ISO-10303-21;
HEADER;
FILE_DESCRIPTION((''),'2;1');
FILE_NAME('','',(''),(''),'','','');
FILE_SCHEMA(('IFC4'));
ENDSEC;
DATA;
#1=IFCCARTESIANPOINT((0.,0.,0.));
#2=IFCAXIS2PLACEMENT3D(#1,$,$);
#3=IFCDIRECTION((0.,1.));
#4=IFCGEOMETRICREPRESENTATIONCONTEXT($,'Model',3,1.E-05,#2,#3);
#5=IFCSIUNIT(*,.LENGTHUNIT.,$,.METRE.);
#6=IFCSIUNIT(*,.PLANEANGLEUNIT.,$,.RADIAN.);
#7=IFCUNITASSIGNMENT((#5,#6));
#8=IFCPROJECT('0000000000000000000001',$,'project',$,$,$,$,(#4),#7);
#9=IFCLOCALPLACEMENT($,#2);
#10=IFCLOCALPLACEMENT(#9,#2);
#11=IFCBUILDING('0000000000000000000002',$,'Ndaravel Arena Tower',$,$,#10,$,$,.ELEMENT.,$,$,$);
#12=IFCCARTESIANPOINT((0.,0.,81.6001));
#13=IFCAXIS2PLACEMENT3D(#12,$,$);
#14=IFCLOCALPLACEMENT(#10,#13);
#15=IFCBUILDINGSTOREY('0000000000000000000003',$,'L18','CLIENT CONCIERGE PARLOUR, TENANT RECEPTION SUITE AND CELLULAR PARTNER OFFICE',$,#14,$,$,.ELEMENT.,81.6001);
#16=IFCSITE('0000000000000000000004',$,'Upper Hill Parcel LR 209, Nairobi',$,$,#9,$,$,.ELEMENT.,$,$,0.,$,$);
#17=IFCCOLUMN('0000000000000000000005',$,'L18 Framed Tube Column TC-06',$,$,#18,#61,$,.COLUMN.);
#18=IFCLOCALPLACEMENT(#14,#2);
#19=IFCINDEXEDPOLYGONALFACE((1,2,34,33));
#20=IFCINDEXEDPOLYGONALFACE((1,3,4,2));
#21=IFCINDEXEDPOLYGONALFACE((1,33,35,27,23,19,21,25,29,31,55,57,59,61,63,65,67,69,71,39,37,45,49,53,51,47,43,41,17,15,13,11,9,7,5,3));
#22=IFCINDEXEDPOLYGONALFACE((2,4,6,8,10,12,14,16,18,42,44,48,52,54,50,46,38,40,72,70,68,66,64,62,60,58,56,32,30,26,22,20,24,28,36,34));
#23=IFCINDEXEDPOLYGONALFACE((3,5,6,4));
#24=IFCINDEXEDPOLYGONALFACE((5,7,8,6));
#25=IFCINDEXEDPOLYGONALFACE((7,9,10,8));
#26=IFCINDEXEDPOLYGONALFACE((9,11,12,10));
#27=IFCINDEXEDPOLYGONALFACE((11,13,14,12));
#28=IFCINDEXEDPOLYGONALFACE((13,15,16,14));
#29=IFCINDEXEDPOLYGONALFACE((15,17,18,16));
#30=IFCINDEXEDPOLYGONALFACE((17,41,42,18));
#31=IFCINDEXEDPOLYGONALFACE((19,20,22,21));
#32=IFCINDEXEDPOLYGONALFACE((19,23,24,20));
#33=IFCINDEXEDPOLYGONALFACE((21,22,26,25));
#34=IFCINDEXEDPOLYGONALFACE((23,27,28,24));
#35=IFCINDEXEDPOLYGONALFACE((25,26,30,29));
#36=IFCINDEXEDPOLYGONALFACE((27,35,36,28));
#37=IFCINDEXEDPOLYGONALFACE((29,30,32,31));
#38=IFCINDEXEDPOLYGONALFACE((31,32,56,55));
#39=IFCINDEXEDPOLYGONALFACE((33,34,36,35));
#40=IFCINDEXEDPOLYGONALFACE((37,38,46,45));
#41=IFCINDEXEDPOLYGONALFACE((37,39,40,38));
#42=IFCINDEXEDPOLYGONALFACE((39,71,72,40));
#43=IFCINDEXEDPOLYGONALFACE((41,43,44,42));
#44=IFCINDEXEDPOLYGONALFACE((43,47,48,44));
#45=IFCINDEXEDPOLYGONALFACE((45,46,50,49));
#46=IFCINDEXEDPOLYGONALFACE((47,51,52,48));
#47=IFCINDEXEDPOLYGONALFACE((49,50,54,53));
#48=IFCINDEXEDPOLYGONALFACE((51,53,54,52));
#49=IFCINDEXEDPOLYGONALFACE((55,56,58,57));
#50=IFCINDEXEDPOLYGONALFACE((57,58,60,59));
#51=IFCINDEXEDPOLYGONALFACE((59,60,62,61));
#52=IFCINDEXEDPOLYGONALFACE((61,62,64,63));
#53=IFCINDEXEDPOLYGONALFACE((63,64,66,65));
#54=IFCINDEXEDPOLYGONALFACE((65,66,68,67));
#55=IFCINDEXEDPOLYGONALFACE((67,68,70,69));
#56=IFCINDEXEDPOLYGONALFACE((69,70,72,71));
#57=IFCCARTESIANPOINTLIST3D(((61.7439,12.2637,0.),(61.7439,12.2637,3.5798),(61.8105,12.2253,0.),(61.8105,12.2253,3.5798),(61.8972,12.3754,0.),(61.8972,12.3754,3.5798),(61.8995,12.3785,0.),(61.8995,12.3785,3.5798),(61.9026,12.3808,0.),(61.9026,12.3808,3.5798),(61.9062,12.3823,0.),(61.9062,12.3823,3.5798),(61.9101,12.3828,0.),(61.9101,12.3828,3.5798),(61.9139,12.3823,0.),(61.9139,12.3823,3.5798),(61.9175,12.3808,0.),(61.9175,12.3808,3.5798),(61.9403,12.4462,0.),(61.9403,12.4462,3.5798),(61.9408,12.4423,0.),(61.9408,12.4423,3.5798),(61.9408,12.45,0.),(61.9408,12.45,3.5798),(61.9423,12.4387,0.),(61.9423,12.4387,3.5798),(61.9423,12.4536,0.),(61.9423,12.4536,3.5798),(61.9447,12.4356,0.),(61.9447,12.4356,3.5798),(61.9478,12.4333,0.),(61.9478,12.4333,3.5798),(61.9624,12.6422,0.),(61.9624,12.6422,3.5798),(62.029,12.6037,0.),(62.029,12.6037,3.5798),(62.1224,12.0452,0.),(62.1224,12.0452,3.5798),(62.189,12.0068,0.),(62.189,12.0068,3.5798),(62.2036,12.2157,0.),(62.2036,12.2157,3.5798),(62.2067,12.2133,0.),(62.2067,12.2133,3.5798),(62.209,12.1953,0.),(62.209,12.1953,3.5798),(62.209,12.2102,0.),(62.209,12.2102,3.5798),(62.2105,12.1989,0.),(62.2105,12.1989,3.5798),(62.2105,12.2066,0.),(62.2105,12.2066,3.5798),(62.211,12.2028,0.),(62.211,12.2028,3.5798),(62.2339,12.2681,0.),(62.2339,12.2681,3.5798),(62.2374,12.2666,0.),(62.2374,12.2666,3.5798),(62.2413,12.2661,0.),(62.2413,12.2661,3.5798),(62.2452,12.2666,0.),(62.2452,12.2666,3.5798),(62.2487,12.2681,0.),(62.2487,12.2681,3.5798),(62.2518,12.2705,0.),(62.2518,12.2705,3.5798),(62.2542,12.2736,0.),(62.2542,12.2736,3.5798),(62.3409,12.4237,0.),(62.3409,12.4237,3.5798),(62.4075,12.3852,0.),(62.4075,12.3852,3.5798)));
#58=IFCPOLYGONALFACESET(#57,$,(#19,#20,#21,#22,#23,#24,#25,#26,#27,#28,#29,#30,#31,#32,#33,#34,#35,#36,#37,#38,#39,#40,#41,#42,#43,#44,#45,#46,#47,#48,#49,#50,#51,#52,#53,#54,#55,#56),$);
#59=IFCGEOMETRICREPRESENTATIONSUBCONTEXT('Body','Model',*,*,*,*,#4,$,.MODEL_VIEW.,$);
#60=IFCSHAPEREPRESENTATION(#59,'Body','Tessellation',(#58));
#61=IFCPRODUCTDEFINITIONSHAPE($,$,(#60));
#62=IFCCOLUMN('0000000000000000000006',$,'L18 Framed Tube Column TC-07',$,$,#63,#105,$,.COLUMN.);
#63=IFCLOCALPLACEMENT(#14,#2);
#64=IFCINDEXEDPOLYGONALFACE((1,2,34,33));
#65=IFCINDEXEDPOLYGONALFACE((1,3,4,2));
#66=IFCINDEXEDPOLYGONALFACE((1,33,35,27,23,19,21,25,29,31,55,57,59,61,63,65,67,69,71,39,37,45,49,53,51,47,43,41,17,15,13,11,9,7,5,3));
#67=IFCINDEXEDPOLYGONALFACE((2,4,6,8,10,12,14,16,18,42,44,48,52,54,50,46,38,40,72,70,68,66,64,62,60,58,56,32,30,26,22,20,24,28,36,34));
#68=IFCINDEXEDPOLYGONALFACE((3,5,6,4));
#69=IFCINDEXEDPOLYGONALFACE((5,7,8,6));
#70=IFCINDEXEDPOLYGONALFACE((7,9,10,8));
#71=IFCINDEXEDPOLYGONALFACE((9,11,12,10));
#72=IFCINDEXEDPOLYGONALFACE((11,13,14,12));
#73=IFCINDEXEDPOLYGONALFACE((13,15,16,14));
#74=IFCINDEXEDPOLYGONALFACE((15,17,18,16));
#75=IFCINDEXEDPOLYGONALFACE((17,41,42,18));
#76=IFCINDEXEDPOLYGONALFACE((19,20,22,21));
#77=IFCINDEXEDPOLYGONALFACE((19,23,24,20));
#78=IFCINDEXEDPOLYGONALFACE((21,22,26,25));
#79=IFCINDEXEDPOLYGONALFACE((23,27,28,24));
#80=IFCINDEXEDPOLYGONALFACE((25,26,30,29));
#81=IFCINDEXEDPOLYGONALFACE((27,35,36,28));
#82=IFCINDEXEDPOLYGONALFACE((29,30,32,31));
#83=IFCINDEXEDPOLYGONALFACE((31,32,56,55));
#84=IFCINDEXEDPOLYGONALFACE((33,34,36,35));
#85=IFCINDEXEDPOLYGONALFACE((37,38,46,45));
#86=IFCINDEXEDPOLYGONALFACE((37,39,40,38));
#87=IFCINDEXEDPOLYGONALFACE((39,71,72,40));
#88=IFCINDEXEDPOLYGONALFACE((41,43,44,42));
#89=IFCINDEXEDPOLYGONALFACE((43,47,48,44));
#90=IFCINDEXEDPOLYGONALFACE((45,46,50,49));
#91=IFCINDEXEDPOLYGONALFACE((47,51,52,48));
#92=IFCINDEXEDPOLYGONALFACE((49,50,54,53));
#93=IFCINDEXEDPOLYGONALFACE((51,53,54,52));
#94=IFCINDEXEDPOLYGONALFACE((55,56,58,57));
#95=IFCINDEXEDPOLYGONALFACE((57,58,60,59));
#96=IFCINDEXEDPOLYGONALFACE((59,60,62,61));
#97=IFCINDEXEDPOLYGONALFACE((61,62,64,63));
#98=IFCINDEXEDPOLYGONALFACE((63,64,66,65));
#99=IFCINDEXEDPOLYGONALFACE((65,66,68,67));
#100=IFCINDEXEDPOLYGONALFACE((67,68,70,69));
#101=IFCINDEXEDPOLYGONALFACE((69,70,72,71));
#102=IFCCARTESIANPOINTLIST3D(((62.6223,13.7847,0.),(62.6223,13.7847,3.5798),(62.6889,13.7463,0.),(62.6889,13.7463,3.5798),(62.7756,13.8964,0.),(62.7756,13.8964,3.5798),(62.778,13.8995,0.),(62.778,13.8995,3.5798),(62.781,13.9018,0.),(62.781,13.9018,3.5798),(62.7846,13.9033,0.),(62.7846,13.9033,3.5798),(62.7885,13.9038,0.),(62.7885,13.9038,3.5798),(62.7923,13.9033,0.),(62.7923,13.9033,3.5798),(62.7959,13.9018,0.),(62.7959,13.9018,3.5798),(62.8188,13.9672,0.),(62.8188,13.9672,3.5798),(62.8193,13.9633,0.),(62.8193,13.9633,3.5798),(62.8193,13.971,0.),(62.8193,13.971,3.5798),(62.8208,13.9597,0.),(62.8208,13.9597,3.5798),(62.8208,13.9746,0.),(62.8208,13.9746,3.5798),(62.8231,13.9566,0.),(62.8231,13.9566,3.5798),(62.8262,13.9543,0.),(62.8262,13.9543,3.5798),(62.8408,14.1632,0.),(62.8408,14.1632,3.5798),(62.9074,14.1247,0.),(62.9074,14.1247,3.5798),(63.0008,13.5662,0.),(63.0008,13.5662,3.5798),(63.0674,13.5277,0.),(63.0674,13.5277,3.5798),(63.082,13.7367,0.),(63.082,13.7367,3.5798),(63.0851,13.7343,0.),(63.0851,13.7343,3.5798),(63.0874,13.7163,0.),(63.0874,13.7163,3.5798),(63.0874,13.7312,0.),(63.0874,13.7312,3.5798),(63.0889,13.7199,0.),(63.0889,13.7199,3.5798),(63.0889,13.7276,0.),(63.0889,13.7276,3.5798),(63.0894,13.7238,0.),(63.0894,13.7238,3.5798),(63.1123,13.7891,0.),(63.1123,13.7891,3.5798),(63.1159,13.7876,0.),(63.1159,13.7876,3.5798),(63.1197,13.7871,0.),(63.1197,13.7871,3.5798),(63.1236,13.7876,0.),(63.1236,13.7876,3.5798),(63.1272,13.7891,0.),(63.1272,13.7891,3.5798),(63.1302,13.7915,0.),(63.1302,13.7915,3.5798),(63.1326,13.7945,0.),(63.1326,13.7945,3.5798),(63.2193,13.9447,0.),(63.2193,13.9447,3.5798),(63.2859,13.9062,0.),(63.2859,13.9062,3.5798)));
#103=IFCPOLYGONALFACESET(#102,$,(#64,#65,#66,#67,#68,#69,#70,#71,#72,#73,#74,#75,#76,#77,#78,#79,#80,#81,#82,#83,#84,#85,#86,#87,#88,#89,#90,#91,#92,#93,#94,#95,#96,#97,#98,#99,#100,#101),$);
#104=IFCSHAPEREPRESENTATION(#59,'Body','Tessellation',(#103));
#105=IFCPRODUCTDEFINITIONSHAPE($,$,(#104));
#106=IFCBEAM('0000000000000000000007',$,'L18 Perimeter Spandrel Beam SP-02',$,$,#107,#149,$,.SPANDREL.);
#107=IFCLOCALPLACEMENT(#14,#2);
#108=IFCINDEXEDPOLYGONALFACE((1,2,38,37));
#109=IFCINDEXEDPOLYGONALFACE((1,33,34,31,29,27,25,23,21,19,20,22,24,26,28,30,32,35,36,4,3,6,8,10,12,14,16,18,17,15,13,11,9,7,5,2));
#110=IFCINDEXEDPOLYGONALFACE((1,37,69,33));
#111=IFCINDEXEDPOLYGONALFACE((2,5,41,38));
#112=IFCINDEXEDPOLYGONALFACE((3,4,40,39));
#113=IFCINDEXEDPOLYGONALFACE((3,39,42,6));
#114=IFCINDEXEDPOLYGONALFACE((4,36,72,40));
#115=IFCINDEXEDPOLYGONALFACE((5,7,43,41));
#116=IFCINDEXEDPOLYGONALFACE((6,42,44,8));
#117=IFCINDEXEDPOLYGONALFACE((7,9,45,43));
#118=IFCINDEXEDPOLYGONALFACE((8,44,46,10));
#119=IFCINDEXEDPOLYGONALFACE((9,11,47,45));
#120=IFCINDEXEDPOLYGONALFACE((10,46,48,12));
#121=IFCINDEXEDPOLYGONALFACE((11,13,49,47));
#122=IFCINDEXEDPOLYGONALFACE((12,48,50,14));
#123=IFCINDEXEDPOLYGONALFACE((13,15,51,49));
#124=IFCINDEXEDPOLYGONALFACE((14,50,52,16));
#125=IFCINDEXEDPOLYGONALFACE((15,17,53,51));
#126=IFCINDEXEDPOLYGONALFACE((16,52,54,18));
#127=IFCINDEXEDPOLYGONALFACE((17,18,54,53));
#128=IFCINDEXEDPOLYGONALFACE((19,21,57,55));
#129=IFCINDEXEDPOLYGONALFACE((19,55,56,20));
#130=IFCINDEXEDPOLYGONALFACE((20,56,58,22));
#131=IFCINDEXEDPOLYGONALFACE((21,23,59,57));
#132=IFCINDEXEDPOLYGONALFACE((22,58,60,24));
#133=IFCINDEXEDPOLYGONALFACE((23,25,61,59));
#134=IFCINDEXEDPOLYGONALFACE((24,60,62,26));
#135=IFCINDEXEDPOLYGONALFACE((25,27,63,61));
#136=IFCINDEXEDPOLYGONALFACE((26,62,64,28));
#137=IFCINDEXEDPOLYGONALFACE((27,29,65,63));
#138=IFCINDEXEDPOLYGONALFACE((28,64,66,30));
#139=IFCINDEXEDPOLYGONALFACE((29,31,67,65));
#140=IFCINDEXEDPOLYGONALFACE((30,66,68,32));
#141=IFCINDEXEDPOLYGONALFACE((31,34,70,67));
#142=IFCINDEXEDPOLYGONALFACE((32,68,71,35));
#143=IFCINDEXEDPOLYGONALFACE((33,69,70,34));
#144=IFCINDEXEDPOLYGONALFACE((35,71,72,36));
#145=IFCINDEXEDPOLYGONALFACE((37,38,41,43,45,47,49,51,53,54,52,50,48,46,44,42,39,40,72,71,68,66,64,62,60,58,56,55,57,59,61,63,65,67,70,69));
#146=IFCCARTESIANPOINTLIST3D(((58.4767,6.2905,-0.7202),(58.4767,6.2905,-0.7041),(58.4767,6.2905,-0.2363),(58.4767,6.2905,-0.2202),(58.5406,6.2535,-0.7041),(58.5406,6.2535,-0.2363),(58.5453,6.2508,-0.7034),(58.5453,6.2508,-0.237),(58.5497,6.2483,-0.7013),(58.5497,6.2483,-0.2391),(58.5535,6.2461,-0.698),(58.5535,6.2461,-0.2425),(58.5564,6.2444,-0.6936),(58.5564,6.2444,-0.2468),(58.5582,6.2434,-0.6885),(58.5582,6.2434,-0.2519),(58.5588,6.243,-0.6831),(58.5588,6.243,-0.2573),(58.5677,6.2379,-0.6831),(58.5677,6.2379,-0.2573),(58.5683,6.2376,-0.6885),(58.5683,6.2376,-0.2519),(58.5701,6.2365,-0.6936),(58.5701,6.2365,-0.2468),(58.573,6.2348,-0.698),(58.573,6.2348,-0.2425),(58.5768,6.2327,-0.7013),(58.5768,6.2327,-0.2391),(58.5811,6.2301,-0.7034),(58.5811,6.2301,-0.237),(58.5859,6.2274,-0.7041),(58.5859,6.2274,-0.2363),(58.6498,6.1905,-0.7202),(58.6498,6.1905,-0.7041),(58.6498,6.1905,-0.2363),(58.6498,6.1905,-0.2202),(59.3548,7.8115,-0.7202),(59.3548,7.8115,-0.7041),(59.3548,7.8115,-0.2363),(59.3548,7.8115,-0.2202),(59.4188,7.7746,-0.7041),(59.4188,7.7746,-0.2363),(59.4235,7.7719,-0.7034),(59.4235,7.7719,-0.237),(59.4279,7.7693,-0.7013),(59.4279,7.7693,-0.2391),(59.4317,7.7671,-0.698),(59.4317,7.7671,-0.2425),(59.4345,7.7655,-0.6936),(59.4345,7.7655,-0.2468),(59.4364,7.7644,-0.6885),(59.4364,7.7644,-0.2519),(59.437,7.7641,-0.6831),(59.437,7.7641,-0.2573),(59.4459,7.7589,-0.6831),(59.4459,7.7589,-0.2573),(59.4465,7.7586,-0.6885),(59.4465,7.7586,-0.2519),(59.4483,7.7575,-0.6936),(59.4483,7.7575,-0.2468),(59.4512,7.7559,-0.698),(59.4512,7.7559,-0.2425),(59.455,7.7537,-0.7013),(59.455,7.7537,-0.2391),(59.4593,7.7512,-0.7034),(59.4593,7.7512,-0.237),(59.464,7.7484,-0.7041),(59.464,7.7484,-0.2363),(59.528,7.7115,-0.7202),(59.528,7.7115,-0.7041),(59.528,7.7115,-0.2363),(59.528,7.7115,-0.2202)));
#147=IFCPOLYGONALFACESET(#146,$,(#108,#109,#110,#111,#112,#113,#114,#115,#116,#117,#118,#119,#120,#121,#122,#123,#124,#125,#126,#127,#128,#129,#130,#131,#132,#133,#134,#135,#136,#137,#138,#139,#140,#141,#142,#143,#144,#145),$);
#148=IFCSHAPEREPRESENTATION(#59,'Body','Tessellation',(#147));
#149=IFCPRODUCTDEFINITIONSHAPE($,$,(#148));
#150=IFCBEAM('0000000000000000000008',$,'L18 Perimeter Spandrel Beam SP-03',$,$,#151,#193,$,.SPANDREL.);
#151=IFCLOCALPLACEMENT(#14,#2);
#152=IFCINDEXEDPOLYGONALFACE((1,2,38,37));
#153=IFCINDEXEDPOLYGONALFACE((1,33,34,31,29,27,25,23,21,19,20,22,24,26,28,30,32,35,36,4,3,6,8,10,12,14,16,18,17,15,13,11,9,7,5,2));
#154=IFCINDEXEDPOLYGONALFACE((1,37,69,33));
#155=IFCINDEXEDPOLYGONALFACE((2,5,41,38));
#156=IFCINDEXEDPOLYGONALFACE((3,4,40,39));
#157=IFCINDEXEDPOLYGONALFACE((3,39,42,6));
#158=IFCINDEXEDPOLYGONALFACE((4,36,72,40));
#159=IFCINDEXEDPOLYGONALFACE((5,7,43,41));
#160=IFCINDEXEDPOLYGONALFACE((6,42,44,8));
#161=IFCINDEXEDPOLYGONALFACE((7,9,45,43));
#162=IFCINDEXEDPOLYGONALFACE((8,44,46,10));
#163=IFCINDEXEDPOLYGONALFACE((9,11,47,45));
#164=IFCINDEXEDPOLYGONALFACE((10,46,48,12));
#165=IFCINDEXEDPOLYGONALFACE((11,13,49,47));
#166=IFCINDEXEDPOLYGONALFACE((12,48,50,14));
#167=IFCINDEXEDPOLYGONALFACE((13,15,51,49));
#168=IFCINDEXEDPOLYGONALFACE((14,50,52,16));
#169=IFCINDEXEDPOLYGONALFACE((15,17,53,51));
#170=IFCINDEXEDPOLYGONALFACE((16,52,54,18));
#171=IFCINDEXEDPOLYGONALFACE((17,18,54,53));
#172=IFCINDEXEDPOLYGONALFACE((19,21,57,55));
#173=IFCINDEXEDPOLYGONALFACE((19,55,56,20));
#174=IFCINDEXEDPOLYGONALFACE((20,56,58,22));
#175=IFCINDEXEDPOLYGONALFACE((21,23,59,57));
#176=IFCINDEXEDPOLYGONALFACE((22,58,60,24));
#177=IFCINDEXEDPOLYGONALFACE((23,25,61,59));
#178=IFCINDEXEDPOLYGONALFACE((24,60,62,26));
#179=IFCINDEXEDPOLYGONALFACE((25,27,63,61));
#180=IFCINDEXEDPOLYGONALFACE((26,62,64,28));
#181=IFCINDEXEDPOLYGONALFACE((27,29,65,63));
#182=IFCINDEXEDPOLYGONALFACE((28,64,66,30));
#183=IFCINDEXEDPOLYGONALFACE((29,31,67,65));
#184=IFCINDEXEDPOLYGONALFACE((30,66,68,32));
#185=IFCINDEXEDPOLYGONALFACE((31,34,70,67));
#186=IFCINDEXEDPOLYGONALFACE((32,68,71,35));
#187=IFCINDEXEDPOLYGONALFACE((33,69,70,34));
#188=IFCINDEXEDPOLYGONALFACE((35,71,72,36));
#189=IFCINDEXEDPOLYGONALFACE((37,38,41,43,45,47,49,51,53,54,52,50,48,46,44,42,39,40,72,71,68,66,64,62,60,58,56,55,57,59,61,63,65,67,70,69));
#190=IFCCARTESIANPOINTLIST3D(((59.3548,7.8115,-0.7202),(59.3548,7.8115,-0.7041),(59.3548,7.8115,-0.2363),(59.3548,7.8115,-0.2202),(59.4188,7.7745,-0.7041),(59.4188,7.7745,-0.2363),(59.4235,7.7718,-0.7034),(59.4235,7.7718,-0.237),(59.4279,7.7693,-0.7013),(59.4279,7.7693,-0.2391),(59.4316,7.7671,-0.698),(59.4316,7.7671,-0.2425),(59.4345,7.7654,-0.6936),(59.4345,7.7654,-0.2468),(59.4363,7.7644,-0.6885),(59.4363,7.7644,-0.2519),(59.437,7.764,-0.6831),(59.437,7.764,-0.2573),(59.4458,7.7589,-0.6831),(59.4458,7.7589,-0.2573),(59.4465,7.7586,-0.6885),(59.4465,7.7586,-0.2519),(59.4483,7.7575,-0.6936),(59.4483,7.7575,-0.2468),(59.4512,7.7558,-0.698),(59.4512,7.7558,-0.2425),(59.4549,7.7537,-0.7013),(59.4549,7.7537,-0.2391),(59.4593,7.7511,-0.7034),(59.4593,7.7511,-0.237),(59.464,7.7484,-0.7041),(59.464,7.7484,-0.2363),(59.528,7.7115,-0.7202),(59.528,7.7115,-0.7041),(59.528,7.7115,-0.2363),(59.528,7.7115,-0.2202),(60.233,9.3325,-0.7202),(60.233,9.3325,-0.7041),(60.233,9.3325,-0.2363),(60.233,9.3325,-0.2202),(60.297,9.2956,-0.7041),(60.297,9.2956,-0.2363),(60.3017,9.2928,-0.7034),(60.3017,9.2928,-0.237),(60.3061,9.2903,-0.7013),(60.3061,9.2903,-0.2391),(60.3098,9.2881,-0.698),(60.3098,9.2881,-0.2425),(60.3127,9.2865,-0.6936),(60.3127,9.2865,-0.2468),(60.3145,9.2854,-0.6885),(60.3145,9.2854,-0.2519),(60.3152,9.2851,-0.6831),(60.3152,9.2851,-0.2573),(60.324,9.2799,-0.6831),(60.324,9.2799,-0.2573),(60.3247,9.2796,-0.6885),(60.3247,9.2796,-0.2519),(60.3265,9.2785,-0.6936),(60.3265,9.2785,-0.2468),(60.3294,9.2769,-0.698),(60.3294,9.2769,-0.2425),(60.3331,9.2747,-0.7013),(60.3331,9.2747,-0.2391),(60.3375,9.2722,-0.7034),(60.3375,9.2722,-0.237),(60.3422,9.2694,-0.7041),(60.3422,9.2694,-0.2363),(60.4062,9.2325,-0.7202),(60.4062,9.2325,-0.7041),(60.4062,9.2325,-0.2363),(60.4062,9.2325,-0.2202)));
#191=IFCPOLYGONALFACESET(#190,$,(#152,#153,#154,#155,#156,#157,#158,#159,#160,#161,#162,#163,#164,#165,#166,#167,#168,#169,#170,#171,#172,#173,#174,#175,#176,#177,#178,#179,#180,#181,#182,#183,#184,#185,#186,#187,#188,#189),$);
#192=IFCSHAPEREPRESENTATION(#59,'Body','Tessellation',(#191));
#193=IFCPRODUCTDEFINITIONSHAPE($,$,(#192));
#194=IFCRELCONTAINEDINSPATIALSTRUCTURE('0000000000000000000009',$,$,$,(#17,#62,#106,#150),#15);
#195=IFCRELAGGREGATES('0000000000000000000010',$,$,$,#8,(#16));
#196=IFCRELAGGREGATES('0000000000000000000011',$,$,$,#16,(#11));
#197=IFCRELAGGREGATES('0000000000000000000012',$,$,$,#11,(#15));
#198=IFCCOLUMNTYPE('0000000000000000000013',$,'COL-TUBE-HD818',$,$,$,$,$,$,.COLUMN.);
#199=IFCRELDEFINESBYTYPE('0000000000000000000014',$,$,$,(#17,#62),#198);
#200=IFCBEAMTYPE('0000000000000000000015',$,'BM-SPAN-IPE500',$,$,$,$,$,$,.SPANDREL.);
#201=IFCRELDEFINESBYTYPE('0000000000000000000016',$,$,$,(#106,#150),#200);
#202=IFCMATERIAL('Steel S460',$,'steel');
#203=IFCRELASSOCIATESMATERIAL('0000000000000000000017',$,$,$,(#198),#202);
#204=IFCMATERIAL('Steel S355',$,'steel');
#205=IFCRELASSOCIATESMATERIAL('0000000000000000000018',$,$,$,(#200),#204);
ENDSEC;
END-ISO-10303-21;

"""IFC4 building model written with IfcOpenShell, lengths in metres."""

from ifc_helpers import new_model, si_unit, direction, frame, origin, origin_2d, place, context, subcontext, project, spatial, i_section, extrude, material, material_profile, profile_set, type_object, element, save


model = new_model("IFC4")

# Units and contexts
model_context = context("Model", 3, precision=1e-05, world=origin(), true_north=direction((0.0, 1.0)))
body_context = subcontext(model_context, "Body", "Model", "MODEL_VIEW")
ifc_project = project(units=[si_unit("LENGTHUNIT", "METRE"), si_unit("PLANEANGLEUNIT", "RADIAN")], contexts=[model_context])

# Site, building, storey
site_placement = place(None, origin())
site = spatial("IfcSite", under=ifc_project, at=site_placement, Name="Upper Hill Parcel LR 209, Nairobi", CompositionType="ELEMENT", RefElevation=0.0)
building_placement = place(site_placement, origin())
building = spatial("IfcBuilding", under=site, at=building_placement, Name="Ndaravel Arena Tower", CompositionType="ELEMENT")
storey_placement = place(building_placement, frame((0.0, 0.0, 81.6001)))
storey = spatial("IfcBuildingStorey", under=building, at=storey_placement, Name="L18", Description="CLIENT CONCIERGE PARLOUR, TENANT RECEPTION SUITE AND CELLULAR PARTNER OFFICE", CompositionType="ELEMENT", Elevation=81.6001)

# Columns
ifc_material_1 = material(Name="Steel S460", Category="steel")
ifc_material_profile_1 = material_profile(ifc_material_1, i_section(OverallWidth=0.437, OverallDepth=0.5139, WebThickness=0.0605, FlangeThickness=0.0769, FilletRadius=0.0149, at=origin_2d()), Name="HD 400x818")
ifc_profile_set_1 = profile_set([ifc_material_profile_1], Name="Steel S460")
column_type = type_object("IfcColumnType", Name="COL-TUBE-HD818", PredefinedType="COLUMN", material=ifc_profile_set_1)
for number, where, z_axis, x_axis, name in (
    (1, (62.0757, 12.3245, 0.0), (0.0, 0.0, 1.0), (0.5, 0.866025, 0.0), "L18 Framed Tube Column TC-06"),
    (2, (62.9541, 13.8455, 0.0), (0.0, 0.0, 1.0), (0.5, 0.866025, 0.0), "L18 Framed Tube Column TC-07"),
):
    element("IfcColumn", number, at=place(storey_placement, frame(where, z_axis=z_axis, x_axis=x_axis)), inside=storey, type_object=column_type, Name=name, PredefinedType="COLUMN", context=body_context, shape_type="SweptSolid", body=[
        extrude(i_section(OverallWidth=0.437, OverallDepth=0.5139, WebThickness=0.0605, FlangeThickness=0.0769, FilletRadius=0.0149, at=origin_2d()), origin(), (0.0, 0.0, 1.0), 3.5798),
    ])

# Beams
ifc_material_2 = material(Name="Steel S355", Category="steel")
ifc_material_profile_2 = material_profile(ifc_material_2, i_section(OverallWidth=0.2, OverallDepth=0.5, WebThickness=0.0103, FlangeThickness=0.0161, FilletRadius=0.021, at=origin_2d()), Name="IPE 500")
ifc_profile_set_2 = profile_set([ifc_material_profile_2], Name="Steel S355")
beam_type = type_object("IfcBeamType", Name="BM-SPAN-IPE500", PredefinedType="SPANDREL", material=ifc_profile_set_2)
for number, where, z_axis, x_axis, name in (
    (3, (58.5632, 6.2405, -0.4702), (0.500011, 0.866019, 0.0), (-0.866019, 0.500011, 0.0), "L18 Perimeter Spandrel Beam SP-02"),
    (4, (59.4414, 7.7615, -0.4702), (0.500011, 0.866019, 0.0), (-0.866019, 0.500011, 0.0), "L18 Perimeter Spandrel Beam SP-03"),
):
    element("IfcBeam", number, at=place(storey_placement, frame(where, z_axis=z_axis, x_axis=x_axis)), inside=storey, type_object=beam_type, Name=name, PredefinedType="SPANDREL", context=body_context, shape_type="SweptSolid", body=[
        extrude(i_section(OverallWidth=0.2, OverallDepth=0.5, WebThickness=0.0103, FlangeThickness=0.0161, FilletRadius=0.021, at=origin_2d()), origin(), (0.0, 0.0, 1.0), 1.7563),
    ])

save(model, "model.ifc")
